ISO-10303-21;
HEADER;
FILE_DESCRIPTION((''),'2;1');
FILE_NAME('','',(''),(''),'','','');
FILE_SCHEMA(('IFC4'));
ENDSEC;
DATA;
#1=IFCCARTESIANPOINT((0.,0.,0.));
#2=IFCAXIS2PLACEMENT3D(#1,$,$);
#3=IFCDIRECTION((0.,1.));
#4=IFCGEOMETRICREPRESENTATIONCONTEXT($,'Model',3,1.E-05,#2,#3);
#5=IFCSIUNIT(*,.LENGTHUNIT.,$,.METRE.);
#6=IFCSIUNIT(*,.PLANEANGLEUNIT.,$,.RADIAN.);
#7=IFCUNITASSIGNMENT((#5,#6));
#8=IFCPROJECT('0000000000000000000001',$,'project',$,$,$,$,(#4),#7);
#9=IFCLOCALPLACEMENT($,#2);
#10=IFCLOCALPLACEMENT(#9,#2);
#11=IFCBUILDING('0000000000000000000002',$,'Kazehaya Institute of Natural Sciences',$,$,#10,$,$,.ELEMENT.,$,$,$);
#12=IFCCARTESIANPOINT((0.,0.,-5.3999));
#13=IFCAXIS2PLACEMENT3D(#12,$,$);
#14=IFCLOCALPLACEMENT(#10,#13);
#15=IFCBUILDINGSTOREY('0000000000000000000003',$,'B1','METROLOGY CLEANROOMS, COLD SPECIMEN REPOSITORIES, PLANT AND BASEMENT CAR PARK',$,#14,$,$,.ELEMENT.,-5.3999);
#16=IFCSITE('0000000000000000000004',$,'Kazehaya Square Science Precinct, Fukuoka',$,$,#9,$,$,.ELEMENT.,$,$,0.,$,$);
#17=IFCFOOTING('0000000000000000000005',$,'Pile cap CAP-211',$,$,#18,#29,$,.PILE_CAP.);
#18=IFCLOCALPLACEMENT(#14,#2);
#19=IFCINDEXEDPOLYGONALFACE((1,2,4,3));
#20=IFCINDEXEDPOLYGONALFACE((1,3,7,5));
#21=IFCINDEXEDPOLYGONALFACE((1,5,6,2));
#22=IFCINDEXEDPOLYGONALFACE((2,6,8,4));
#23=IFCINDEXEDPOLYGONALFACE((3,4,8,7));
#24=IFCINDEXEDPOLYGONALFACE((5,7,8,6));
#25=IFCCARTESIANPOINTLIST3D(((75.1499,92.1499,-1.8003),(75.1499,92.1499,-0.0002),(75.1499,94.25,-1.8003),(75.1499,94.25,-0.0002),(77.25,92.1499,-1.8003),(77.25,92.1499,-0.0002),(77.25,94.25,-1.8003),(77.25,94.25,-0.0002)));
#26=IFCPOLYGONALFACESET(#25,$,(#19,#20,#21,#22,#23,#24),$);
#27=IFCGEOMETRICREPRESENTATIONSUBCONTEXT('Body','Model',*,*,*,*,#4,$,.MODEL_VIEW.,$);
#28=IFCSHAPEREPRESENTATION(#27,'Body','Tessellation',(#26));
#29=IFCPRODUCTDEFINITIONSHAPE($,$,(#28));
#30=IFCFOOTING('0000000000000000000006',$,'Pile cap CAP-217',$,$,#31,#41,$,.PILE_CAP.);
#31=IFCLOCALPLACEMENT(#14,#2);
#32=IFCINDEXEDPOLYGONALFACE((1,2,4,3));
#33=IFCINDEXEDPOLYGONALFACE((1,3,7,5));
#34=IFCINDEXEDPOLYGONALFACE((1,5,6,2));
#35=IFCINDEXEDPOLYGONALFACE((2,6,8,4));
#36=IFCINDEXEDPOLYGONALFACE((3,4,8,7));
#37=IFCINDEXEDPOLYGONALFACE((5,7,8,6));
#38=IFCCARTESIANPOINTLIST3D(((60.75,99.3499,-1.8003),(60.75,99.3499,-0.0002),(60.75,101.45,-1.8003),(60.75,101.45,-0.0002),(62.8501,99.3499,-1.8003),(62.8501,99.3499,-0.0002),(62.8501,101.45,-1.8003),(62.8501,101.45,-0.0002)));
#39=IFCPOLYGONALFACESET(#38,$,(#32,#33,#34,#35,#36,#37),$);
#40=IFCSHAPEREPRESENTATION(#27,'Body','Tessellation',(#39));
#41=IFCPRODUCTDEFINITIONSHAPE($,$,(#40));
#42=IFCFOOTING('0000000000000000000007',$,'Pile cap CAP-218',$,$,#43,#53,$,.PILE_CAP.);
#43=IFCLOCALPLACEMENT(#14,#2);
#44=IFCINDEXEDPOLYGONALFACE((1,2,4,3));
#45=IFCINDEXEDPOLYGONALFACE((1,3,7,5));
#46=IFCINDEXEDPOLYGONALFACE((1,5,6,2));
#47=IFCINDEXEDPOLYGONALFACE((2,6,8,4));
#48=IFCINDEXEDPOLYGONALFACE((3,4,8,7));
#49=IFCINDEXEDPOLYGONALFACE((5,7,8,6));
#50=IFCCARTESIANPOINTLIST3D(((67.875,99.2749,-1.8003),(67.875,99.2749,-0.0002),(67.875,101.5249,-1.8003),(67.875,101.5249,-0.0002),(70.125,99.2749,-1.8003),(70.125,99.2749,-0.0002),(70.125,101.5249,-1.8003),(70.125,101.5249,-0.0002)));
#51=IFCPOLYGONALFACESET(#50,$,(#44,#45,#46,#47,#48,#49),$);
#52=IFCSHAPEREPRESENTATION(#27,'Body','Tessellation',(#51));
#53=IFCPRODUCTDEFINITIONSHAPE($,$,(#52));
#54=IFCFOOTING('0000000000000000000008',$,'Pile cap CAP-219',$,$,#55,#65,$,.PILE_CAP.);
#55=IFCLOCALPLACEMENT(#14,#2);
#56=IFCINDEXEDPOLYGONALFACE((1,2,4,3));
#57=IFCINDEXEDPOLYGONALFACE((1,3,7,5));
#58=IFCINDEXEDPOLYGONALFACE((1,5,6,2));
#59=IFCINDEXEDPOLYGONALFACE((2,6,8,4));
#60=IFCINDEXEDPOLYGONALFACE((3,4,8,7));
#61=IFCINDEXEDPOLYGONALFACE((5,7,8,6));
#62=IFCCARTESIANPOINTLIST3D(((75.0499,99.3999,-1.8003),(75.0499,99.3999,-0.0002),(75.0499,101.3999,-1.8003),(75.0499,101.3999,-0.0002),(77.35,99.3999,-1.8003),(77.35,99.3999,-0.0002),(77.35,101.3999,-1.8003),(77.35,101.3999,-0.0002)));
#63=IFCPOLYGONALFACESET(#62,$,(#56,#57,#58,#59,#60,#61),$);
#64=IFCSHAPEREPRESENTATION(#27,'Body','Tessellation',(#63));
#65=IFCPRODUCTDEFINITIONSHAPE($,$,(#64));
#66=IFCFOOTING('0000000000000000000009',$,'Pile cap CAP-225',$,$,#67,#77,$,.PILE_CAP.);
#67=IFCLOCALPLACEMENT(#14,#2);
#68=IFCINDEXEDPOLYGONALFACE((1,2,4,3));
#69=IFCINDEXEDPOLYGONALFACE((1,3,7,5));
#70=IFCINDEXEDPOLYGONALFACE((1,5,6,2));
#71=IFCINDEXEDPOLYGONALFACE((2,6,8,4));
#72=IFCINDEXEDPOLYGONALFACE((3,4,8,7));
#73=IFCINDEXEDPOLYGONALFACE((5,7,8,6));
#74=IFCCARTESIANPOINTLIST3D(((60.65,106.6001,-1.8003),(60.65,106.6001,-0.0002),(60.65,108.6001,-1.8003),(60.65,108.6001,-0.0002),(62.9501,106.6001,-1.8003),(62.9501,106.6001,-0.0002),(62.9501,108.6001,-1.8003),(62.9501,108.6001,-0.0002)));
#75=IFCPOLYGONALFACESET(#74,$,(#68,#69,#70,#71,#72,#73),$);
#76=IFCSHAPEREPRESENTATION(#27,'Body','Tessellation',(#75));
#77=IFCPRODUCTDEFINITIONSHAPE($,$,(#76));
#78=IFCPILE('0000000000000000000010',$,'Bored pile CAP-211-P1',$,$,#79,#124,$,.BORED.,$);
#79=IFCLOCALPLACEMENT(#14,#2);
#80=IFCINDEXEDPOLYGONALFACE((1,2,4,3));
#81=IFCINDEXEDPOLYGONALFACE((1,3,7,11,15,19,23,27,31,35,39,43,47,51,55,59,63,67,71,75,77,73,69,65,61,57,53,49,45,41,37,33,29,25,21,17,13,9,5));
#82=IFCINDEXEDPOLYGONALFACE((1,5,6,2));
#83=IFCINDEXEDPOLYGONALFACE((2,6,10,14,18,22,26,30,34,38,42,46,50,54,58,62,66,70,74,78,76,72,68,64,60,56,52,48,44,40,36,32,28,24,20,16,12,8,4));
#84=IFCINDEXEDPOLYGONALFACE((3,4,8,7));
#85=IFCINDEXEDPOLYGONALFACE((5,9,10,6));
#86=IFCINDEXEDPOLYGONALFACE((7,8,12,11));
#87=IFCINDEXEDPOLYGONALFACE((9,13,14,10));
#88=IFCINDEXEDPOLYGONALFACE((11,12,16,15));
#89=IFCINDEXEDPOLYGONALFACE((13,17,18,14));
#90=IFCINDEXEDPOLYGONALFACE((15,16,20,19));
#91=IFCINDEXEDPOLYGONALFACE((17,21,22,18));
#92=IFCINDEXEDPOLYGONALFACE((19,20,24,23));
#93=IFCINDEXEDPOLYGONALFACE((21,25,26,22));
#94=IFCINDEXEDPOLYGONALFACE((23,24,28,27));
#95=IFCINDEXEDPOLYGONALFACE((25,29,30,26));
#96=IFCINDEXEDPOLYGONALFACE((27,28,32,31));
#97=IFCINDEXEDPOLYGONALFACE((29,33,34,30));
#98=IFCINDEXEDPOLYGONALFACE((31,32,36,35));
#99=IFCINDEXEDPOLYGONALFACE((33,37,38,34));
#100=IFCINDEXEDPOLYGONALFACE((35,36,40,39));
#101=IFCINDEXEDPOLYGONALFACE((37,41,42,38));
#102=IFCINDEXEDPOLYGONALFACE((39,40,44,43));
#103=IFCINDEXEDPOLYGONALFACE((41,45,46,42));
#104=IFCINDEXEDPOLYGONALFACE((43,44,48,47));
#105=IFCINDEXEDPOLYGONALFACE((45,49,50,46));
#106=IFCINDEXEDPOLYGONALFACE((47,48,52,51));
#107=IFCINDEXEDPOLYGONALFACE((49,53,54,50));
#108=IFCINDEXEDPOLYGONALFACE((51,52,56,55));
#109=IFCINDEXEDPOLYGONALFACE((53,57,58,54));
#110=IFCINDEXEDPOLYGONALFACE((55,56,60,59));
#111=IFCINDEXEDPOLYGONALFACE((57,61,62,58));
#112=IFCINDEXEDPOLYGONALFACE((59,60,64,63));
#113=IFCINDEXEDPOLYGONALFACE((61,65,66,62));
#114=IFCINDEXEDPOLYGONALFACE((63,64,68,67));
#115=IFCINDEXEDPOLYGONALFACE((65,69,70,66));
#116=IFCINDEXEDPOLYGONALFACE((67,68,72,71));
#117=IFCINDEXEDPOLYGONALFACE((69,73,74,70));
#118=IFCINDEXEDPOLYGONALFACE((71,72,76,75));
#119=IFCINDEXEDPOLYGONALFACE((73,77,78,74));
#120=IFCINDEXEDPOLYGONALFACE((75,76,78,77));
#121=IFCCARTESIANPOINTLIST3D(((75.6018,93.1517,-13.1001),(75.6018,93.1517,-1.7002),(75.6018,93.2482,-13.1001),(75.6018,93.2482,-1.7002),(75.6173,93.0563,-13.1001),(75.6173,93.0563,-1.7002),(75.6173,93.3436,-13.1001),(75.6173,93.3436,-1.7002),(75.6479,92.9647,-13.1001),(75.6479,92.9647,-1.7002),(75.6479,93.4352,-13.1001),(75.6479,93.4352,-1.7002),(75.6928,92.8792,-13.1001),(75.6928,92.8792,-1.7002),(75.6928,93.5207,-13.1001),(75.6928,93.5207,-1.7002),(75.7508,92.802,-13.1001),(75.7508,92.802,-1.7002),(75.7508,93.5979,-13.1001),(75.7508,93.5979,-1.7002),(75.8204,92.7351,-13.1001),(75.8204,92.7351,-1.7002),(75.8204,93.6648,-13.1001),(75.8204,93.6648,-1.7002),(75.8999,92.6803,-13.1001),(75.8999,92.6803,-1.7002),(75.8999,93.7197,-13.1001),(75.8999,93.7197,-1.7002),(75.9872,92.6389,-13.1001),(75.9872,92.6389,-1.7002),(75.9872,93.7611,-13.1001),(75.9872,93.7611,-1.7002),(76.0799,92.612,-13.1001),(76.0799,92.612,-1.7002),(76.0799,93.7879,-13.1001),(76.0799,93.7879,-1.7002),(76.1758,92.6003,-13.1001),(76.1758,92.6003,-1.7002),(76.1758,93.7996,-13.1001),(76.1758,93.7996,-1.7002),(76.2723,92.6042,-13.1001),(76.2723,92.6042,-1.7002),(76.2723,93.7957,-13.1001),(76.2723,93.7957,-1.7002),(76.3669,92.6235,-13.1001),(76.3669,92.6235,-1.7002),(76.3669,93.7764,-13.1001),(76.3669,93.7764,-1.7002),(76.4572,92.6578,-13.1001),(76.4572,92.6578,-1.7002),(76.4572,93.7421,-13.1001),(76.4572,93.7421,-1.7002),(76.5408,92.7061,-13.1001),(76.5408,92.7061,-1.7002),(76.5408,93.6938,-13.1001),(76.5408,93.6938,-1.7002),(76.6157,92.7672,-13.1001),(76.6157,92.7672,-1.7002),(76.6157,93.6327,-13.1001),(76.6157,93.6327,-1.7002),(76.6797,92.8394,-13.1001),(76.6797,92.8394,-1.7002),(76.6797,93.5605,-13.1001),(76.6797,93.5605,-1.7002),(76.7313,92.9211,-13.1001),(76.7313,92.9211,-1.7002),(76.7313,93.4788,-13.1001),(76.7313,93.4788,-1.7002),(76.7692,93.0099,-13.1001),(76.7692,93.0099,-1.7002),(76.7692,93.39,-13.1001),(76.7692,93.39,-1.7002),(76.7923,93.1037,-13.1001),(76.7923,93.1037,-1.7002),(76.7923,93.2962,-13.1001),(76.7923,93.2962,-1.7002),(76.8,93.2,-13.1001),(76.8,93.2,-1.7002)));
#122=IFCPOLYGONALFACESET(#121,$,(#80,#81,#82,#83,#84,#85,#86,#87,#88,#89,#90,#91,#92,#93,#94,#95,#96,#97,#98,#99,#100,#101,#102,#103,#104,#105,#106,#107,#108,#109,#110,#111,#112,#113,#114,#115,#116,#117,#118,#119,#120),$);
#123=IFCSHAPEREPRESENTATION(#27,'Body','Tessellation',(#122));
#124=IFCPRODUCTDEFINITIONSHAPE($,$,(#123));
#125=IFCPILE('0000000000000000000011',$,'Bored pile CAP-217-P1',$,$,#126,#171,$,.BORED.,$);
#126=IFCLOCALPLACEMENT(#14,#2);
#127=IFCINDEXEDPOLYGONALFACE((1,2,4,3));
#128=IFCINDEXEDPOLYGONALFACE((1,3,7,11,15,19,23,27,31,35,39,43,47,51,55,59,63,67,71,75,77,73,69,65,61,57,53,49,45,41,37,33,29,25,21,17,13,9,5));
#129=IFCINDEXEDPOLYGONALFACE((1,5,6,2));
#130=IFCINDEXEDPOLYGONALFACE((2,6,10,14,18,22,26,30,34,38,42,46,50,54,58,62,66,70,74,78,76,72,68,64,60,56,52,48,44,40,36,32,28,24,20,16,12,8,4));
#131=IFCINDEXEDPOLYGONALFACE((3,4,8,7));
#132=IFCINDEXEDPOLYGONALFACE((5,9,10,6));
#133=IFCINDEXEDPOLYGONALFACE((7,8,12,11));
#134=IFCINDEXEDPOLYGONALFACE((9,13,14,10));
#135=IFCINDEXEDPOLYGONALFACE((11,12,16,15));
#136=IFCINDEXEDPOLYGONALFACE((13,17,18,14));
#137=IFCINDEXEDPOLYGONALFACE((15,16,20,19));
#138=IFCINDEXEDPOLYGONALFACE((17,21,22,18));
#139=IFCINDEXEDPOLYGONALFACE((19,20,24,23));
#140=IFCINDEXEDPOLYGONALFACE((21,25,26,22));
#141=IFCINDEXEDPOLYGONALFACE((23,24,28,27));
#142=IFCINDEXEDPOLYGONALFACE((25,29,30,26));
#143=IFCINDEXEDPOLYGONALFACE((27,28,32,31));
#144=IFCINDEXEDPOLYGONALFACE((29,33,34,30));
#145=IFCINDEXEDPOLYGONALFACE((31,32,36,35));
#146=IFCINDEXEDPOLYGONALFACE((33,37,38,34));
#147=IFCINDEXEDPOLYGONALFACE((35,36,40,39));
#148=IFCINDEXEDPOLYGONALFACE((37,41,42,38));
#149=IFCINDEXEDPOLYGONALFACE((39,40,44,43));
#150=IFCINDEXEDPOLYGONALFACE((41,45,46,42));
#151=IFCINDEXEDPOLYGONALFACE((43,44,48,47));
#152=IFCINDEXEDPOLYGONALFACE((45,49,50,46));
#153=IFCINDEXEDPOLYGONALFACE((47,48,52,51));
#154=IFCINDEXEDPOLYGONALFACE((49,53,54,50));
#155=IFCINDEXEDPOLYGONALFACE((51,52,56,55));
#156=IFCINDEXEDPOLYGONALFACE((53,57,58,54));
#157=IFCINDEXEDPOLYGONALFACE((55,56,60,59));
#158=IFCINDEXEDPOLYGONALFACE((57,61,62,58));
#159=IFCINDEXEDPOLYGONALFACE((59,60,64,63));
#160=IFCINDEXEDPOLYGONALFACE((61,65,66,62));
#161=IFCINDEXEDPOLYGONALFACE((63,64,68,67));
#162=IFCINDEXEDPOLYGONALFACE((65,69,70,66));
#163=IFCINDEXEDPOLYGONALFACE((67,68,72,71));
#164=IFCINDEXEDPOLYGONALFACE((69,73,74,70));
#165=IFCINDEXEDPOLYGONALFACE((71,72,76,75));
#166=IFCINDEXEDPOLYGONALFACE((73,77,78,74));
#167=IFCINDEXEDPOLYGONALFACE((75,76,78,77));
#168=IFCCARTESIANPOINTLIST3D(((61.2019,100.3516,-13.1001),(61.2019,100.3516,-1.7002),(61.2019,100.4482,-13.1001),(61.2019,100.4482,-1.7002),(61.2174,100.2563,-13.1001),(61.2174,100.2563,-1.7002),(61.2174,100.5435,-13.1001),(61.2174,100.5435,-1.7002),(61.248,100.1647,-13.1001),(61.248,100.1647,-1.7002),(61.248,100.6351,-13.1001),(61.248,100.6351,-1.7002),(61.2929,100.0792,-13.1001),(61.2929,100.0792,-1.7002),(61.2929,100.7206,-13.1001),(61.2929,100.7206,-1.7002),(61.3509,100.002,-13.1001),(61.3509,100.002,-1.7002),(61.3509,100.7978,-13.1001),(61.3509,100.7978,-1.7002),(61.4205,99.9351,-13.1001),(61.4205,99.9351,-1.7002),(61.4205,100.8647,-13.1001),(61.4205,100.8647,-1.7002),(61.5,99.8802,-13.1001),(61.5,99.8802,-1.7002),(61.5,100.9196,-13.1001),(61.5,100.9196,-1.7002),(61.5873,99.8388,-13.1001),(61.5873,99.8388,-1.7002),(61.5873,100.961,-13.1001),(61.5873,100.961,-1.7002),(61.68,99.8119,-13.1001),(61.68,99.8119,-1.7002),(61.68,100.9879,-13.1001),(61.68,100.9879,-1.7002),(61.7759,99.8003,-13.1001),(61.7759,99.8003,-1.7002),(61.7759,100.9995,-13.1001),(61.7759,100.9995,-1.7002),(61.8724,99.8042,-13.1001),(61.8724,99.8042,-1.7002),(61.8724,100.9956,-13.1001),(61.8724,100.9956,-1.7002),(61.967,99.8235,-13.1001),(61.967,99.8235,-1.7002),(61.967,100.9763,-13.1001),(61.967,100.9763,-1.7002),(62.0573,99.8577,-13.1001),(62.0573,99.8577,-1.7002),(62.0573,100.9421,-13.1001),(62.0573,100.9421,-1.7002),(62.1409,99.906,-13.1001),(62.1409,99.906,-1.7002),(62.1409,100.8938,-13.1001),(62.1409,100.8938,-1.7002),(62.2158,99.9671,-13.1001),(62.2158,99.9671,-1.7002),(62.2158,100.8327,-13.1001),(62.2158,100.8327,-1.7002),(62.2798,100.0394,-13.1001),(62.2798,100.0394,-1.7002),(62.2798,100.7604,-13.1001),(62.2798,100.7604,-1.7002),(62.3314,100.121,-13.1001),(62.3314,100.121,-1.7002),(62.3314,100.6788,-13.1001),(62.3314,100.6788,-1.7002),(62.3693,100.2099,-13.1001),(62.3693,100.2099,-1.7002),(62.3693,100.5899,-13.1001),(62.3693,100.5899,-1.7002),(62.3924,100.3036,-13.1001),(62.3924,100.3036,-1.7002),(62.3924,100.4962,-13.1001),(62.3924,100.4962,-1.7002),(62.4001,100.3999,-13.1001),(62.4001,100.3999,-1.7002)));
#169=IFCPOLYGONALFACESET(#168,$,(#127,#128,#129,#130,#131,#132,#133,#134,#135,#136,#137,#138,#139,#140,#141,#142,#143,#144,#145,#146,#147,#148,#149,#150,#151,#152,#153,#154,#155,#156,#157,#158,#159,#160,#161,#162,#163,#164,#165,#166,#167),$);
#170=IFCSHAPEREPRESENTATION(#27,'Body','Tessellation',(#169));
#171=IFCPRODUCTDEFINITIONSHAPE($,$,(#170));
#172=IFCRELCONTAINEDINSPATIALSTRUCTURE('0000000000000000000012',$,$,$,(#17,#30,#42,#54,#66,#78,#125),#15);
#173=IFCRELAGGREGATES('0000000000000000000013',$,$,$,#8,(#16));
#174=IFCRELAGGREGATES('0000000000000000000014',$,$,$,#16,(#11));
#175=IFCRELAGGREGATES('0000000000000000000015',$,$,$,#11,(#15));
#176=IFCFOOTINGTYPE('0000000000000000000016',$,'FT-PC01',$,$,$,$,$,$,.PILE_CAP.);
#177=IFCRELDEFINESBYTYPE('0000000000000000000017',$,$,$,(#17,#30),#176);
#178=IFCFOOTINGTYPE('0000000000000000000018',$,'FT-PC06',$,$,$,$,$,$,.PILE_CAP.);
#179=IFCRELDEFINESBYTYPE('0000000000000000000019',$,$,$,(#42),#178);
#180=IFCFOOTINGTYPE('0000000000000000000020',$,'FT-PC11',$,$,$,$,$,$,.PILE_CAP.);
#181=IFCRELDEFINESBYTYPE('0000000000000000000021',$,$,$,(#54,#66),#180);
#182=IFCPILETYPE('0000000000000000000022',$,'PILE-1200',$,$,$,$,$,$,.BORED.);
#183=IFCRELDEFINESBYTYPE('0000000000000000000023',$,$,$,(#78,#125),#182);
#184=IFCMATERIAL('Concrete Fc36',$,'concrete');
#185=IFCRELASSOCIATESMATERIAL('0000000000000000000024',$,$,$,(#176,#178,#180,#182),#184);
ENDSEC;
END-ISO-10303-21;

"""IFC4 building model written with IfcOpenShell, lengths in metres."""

from ifc_helpers import new_model, si_unit, direction, frame, origin, origin_2d, place, context, subcontext, project, spatial, rectangle, circle, extrude, material, material_profile, profile_set, type_object, element, save


model = new_model("IFC4")

# Units and contexts
model_context = context("Model", 3, precision=1e-05, world=origin(), true_north=direction((0.0, 1.0)))
body_context = subcontext(model_context, "Body", "Model", "MODEL_VIEW")
ifc_project = project(units=[si_unit("LENGTHUNIT", "METRE"), si_unit("PLANEANGLEUNIT", "RADIAN")], contexts=[model_context])

# Site, building, storey
site_placement = place(None, origin())
site = spatial("IfcSite", under=ifc_project, at=site_placement, Name="Kazehaya Square Science Precinct, Fukuoka", CompositionType="ELEMENT", RefElevation=0.0)
building_placement = place(site_placement, origin())
building = spatial("IfcBuilding", under=site, at=building_placement, Name="Kazehaya Institute of Natural Sciences", CompositionType="ELEMENT")
storey_placement = place(building_placement, frame((0.0, 0.0, -5.3999)))
storey = spatial("IfcBuildingStorey", under=building, at=storey_placement, Name="B1", Description="METROLOGY CLEANROOMS, COLD SPECIMEN REPOSITORIES, PLANT AND BASEMENT CAR PARK", CompositionType="ELEMENT", Elevation=-5.3999)

# Footings
ifc_material_1 = material(Name="Concrete Fc36", Category="concrete")
footing_type_1 = type_object("IfcFootingType", Name="FT-PC01", PredefinedType="PILE_CAP", material=ifc_material_1)
for number, where, z_axis, x_axis, name in (
    (1, (76.2, 93.2, -1.8003), (0.0, 0.0, 1.0), (1.0, 0.0, 0.0), "Pile cap CAP-211"),
    (2, (61.8, 100.3999, -1.8003), (0.0, 0.0, 1.0), (1.0, 0.0, 0.0), "Pile cap CAP-217"),
):
    element("IfcFooting", number, at=place(storey_placement, frame(where, z_axis=z_axis, x_axis=x_axis)), inside=storey, type_object=footing_type_1, Name=name, PredefinedType="PILE_CAP", context=body_context, shape_type="SweptSolid", body=[
        extrude(rectangle(XDim=2.1001, YDim=2.1001, at=origin_2d()), origin(), (0.0, 0.0, 1.0), 1.8),
    ])
footing_type_2 = type_object("IfcFootingType", Name="FT-PC06", PredefinedType="PILE_CAP", material=ifc_material_1)
footing_placement = place(storey_placement, frame((69.0, 100.3999, -1.8003), z_axis=(0.0, 0.0, 1.0), x_axis=(1.0, 0.0, 0.0)))
element("IfcFooting", 3, at=footing_placement, inside=storey, type_object=footing_type_2, Name="Pile cap CAP-218", PredefinedType="PILE_CAP", context=body_context, shape_type="SweptSolid", body=[
    extrude(rectangle(XDim=2.25, YDim=2.25, at=origin_2d()), origin(), (0.0, 0.0, 1.0), 1.8),
])
footing_type_3 = type_object("IfcFootingType", Name="FT-PC11", PredefinedType="PILE_CAP", material=ifc_material_1)
for number, where, z_axis, x_axis, name in (
    (4, (76.2, 100.3999, -1.8003), (0.0, 0.0, 1.0), (1.0, 0.0, 0.0), "Pile cap CAP-219"),
    (5, (61.8, 107.6001, -1.8003), (0.0, 0.0, 1.0), (1.0, 0.0, 0.0), "Pile cap CAP-225"),
):
    element("IfcFooting", number, at=place(storey_placement, frame(where, z_axis=z_axis, x_axis=x_axis)), inside=storey, type_object=footing_type_3, Name=name, PredefinedType="PILE_CAP", context=body_context, shape_type="SweptSolid", body=[
        extrude(rectangle(XDim=2.3, YDim=2.0, at=origin_2d()), origin(), (0.0, 0.0, 1.0), 1.8),
    ])

# Piles
ifc_material_profile_1 = material_profile(ifc_material_1, circle(Radius=0.6001, at=origin_2d()), Name="PILE-1200")
ifc_profile_set_1 = profile_set([ifc_material_profile_1], Name="Concrete Fc36")
pile_type = type_object("IfcPileType", Name="PILE-1200", PredefinedType="BORED", material=ifc_profile_set_1)
for number, where, z_axis, x_axis, name in (
    (6, (76.2, 93.2, -1.7002), (0.0, 0.0, -1.0), (1.0, 0.0, 0.0), "Bored pile CAP-211-P1"),
    (7, (61.8, 100.3999, -1.7002), (0.0, 0.0, -1.0), (1.0, 0.0, 0.0), "Bored pile CAP-217-P1"),
):
    element("IfcPile", number, at=place(storey_placement, frame(where, z_axis=z_axis, x_axis=x_axis)), inside=storey, type_object=pile_type, Name=name, PredefinedType="BORED", context=body_context, shape_type="SweptSolid", body=[
        extrude(circle(Radius=0.6001, at=origin_2d()), origin(), (0.0, 0.0, 1.0), 11.3999),
    ])

save(model, "model.ifc")
